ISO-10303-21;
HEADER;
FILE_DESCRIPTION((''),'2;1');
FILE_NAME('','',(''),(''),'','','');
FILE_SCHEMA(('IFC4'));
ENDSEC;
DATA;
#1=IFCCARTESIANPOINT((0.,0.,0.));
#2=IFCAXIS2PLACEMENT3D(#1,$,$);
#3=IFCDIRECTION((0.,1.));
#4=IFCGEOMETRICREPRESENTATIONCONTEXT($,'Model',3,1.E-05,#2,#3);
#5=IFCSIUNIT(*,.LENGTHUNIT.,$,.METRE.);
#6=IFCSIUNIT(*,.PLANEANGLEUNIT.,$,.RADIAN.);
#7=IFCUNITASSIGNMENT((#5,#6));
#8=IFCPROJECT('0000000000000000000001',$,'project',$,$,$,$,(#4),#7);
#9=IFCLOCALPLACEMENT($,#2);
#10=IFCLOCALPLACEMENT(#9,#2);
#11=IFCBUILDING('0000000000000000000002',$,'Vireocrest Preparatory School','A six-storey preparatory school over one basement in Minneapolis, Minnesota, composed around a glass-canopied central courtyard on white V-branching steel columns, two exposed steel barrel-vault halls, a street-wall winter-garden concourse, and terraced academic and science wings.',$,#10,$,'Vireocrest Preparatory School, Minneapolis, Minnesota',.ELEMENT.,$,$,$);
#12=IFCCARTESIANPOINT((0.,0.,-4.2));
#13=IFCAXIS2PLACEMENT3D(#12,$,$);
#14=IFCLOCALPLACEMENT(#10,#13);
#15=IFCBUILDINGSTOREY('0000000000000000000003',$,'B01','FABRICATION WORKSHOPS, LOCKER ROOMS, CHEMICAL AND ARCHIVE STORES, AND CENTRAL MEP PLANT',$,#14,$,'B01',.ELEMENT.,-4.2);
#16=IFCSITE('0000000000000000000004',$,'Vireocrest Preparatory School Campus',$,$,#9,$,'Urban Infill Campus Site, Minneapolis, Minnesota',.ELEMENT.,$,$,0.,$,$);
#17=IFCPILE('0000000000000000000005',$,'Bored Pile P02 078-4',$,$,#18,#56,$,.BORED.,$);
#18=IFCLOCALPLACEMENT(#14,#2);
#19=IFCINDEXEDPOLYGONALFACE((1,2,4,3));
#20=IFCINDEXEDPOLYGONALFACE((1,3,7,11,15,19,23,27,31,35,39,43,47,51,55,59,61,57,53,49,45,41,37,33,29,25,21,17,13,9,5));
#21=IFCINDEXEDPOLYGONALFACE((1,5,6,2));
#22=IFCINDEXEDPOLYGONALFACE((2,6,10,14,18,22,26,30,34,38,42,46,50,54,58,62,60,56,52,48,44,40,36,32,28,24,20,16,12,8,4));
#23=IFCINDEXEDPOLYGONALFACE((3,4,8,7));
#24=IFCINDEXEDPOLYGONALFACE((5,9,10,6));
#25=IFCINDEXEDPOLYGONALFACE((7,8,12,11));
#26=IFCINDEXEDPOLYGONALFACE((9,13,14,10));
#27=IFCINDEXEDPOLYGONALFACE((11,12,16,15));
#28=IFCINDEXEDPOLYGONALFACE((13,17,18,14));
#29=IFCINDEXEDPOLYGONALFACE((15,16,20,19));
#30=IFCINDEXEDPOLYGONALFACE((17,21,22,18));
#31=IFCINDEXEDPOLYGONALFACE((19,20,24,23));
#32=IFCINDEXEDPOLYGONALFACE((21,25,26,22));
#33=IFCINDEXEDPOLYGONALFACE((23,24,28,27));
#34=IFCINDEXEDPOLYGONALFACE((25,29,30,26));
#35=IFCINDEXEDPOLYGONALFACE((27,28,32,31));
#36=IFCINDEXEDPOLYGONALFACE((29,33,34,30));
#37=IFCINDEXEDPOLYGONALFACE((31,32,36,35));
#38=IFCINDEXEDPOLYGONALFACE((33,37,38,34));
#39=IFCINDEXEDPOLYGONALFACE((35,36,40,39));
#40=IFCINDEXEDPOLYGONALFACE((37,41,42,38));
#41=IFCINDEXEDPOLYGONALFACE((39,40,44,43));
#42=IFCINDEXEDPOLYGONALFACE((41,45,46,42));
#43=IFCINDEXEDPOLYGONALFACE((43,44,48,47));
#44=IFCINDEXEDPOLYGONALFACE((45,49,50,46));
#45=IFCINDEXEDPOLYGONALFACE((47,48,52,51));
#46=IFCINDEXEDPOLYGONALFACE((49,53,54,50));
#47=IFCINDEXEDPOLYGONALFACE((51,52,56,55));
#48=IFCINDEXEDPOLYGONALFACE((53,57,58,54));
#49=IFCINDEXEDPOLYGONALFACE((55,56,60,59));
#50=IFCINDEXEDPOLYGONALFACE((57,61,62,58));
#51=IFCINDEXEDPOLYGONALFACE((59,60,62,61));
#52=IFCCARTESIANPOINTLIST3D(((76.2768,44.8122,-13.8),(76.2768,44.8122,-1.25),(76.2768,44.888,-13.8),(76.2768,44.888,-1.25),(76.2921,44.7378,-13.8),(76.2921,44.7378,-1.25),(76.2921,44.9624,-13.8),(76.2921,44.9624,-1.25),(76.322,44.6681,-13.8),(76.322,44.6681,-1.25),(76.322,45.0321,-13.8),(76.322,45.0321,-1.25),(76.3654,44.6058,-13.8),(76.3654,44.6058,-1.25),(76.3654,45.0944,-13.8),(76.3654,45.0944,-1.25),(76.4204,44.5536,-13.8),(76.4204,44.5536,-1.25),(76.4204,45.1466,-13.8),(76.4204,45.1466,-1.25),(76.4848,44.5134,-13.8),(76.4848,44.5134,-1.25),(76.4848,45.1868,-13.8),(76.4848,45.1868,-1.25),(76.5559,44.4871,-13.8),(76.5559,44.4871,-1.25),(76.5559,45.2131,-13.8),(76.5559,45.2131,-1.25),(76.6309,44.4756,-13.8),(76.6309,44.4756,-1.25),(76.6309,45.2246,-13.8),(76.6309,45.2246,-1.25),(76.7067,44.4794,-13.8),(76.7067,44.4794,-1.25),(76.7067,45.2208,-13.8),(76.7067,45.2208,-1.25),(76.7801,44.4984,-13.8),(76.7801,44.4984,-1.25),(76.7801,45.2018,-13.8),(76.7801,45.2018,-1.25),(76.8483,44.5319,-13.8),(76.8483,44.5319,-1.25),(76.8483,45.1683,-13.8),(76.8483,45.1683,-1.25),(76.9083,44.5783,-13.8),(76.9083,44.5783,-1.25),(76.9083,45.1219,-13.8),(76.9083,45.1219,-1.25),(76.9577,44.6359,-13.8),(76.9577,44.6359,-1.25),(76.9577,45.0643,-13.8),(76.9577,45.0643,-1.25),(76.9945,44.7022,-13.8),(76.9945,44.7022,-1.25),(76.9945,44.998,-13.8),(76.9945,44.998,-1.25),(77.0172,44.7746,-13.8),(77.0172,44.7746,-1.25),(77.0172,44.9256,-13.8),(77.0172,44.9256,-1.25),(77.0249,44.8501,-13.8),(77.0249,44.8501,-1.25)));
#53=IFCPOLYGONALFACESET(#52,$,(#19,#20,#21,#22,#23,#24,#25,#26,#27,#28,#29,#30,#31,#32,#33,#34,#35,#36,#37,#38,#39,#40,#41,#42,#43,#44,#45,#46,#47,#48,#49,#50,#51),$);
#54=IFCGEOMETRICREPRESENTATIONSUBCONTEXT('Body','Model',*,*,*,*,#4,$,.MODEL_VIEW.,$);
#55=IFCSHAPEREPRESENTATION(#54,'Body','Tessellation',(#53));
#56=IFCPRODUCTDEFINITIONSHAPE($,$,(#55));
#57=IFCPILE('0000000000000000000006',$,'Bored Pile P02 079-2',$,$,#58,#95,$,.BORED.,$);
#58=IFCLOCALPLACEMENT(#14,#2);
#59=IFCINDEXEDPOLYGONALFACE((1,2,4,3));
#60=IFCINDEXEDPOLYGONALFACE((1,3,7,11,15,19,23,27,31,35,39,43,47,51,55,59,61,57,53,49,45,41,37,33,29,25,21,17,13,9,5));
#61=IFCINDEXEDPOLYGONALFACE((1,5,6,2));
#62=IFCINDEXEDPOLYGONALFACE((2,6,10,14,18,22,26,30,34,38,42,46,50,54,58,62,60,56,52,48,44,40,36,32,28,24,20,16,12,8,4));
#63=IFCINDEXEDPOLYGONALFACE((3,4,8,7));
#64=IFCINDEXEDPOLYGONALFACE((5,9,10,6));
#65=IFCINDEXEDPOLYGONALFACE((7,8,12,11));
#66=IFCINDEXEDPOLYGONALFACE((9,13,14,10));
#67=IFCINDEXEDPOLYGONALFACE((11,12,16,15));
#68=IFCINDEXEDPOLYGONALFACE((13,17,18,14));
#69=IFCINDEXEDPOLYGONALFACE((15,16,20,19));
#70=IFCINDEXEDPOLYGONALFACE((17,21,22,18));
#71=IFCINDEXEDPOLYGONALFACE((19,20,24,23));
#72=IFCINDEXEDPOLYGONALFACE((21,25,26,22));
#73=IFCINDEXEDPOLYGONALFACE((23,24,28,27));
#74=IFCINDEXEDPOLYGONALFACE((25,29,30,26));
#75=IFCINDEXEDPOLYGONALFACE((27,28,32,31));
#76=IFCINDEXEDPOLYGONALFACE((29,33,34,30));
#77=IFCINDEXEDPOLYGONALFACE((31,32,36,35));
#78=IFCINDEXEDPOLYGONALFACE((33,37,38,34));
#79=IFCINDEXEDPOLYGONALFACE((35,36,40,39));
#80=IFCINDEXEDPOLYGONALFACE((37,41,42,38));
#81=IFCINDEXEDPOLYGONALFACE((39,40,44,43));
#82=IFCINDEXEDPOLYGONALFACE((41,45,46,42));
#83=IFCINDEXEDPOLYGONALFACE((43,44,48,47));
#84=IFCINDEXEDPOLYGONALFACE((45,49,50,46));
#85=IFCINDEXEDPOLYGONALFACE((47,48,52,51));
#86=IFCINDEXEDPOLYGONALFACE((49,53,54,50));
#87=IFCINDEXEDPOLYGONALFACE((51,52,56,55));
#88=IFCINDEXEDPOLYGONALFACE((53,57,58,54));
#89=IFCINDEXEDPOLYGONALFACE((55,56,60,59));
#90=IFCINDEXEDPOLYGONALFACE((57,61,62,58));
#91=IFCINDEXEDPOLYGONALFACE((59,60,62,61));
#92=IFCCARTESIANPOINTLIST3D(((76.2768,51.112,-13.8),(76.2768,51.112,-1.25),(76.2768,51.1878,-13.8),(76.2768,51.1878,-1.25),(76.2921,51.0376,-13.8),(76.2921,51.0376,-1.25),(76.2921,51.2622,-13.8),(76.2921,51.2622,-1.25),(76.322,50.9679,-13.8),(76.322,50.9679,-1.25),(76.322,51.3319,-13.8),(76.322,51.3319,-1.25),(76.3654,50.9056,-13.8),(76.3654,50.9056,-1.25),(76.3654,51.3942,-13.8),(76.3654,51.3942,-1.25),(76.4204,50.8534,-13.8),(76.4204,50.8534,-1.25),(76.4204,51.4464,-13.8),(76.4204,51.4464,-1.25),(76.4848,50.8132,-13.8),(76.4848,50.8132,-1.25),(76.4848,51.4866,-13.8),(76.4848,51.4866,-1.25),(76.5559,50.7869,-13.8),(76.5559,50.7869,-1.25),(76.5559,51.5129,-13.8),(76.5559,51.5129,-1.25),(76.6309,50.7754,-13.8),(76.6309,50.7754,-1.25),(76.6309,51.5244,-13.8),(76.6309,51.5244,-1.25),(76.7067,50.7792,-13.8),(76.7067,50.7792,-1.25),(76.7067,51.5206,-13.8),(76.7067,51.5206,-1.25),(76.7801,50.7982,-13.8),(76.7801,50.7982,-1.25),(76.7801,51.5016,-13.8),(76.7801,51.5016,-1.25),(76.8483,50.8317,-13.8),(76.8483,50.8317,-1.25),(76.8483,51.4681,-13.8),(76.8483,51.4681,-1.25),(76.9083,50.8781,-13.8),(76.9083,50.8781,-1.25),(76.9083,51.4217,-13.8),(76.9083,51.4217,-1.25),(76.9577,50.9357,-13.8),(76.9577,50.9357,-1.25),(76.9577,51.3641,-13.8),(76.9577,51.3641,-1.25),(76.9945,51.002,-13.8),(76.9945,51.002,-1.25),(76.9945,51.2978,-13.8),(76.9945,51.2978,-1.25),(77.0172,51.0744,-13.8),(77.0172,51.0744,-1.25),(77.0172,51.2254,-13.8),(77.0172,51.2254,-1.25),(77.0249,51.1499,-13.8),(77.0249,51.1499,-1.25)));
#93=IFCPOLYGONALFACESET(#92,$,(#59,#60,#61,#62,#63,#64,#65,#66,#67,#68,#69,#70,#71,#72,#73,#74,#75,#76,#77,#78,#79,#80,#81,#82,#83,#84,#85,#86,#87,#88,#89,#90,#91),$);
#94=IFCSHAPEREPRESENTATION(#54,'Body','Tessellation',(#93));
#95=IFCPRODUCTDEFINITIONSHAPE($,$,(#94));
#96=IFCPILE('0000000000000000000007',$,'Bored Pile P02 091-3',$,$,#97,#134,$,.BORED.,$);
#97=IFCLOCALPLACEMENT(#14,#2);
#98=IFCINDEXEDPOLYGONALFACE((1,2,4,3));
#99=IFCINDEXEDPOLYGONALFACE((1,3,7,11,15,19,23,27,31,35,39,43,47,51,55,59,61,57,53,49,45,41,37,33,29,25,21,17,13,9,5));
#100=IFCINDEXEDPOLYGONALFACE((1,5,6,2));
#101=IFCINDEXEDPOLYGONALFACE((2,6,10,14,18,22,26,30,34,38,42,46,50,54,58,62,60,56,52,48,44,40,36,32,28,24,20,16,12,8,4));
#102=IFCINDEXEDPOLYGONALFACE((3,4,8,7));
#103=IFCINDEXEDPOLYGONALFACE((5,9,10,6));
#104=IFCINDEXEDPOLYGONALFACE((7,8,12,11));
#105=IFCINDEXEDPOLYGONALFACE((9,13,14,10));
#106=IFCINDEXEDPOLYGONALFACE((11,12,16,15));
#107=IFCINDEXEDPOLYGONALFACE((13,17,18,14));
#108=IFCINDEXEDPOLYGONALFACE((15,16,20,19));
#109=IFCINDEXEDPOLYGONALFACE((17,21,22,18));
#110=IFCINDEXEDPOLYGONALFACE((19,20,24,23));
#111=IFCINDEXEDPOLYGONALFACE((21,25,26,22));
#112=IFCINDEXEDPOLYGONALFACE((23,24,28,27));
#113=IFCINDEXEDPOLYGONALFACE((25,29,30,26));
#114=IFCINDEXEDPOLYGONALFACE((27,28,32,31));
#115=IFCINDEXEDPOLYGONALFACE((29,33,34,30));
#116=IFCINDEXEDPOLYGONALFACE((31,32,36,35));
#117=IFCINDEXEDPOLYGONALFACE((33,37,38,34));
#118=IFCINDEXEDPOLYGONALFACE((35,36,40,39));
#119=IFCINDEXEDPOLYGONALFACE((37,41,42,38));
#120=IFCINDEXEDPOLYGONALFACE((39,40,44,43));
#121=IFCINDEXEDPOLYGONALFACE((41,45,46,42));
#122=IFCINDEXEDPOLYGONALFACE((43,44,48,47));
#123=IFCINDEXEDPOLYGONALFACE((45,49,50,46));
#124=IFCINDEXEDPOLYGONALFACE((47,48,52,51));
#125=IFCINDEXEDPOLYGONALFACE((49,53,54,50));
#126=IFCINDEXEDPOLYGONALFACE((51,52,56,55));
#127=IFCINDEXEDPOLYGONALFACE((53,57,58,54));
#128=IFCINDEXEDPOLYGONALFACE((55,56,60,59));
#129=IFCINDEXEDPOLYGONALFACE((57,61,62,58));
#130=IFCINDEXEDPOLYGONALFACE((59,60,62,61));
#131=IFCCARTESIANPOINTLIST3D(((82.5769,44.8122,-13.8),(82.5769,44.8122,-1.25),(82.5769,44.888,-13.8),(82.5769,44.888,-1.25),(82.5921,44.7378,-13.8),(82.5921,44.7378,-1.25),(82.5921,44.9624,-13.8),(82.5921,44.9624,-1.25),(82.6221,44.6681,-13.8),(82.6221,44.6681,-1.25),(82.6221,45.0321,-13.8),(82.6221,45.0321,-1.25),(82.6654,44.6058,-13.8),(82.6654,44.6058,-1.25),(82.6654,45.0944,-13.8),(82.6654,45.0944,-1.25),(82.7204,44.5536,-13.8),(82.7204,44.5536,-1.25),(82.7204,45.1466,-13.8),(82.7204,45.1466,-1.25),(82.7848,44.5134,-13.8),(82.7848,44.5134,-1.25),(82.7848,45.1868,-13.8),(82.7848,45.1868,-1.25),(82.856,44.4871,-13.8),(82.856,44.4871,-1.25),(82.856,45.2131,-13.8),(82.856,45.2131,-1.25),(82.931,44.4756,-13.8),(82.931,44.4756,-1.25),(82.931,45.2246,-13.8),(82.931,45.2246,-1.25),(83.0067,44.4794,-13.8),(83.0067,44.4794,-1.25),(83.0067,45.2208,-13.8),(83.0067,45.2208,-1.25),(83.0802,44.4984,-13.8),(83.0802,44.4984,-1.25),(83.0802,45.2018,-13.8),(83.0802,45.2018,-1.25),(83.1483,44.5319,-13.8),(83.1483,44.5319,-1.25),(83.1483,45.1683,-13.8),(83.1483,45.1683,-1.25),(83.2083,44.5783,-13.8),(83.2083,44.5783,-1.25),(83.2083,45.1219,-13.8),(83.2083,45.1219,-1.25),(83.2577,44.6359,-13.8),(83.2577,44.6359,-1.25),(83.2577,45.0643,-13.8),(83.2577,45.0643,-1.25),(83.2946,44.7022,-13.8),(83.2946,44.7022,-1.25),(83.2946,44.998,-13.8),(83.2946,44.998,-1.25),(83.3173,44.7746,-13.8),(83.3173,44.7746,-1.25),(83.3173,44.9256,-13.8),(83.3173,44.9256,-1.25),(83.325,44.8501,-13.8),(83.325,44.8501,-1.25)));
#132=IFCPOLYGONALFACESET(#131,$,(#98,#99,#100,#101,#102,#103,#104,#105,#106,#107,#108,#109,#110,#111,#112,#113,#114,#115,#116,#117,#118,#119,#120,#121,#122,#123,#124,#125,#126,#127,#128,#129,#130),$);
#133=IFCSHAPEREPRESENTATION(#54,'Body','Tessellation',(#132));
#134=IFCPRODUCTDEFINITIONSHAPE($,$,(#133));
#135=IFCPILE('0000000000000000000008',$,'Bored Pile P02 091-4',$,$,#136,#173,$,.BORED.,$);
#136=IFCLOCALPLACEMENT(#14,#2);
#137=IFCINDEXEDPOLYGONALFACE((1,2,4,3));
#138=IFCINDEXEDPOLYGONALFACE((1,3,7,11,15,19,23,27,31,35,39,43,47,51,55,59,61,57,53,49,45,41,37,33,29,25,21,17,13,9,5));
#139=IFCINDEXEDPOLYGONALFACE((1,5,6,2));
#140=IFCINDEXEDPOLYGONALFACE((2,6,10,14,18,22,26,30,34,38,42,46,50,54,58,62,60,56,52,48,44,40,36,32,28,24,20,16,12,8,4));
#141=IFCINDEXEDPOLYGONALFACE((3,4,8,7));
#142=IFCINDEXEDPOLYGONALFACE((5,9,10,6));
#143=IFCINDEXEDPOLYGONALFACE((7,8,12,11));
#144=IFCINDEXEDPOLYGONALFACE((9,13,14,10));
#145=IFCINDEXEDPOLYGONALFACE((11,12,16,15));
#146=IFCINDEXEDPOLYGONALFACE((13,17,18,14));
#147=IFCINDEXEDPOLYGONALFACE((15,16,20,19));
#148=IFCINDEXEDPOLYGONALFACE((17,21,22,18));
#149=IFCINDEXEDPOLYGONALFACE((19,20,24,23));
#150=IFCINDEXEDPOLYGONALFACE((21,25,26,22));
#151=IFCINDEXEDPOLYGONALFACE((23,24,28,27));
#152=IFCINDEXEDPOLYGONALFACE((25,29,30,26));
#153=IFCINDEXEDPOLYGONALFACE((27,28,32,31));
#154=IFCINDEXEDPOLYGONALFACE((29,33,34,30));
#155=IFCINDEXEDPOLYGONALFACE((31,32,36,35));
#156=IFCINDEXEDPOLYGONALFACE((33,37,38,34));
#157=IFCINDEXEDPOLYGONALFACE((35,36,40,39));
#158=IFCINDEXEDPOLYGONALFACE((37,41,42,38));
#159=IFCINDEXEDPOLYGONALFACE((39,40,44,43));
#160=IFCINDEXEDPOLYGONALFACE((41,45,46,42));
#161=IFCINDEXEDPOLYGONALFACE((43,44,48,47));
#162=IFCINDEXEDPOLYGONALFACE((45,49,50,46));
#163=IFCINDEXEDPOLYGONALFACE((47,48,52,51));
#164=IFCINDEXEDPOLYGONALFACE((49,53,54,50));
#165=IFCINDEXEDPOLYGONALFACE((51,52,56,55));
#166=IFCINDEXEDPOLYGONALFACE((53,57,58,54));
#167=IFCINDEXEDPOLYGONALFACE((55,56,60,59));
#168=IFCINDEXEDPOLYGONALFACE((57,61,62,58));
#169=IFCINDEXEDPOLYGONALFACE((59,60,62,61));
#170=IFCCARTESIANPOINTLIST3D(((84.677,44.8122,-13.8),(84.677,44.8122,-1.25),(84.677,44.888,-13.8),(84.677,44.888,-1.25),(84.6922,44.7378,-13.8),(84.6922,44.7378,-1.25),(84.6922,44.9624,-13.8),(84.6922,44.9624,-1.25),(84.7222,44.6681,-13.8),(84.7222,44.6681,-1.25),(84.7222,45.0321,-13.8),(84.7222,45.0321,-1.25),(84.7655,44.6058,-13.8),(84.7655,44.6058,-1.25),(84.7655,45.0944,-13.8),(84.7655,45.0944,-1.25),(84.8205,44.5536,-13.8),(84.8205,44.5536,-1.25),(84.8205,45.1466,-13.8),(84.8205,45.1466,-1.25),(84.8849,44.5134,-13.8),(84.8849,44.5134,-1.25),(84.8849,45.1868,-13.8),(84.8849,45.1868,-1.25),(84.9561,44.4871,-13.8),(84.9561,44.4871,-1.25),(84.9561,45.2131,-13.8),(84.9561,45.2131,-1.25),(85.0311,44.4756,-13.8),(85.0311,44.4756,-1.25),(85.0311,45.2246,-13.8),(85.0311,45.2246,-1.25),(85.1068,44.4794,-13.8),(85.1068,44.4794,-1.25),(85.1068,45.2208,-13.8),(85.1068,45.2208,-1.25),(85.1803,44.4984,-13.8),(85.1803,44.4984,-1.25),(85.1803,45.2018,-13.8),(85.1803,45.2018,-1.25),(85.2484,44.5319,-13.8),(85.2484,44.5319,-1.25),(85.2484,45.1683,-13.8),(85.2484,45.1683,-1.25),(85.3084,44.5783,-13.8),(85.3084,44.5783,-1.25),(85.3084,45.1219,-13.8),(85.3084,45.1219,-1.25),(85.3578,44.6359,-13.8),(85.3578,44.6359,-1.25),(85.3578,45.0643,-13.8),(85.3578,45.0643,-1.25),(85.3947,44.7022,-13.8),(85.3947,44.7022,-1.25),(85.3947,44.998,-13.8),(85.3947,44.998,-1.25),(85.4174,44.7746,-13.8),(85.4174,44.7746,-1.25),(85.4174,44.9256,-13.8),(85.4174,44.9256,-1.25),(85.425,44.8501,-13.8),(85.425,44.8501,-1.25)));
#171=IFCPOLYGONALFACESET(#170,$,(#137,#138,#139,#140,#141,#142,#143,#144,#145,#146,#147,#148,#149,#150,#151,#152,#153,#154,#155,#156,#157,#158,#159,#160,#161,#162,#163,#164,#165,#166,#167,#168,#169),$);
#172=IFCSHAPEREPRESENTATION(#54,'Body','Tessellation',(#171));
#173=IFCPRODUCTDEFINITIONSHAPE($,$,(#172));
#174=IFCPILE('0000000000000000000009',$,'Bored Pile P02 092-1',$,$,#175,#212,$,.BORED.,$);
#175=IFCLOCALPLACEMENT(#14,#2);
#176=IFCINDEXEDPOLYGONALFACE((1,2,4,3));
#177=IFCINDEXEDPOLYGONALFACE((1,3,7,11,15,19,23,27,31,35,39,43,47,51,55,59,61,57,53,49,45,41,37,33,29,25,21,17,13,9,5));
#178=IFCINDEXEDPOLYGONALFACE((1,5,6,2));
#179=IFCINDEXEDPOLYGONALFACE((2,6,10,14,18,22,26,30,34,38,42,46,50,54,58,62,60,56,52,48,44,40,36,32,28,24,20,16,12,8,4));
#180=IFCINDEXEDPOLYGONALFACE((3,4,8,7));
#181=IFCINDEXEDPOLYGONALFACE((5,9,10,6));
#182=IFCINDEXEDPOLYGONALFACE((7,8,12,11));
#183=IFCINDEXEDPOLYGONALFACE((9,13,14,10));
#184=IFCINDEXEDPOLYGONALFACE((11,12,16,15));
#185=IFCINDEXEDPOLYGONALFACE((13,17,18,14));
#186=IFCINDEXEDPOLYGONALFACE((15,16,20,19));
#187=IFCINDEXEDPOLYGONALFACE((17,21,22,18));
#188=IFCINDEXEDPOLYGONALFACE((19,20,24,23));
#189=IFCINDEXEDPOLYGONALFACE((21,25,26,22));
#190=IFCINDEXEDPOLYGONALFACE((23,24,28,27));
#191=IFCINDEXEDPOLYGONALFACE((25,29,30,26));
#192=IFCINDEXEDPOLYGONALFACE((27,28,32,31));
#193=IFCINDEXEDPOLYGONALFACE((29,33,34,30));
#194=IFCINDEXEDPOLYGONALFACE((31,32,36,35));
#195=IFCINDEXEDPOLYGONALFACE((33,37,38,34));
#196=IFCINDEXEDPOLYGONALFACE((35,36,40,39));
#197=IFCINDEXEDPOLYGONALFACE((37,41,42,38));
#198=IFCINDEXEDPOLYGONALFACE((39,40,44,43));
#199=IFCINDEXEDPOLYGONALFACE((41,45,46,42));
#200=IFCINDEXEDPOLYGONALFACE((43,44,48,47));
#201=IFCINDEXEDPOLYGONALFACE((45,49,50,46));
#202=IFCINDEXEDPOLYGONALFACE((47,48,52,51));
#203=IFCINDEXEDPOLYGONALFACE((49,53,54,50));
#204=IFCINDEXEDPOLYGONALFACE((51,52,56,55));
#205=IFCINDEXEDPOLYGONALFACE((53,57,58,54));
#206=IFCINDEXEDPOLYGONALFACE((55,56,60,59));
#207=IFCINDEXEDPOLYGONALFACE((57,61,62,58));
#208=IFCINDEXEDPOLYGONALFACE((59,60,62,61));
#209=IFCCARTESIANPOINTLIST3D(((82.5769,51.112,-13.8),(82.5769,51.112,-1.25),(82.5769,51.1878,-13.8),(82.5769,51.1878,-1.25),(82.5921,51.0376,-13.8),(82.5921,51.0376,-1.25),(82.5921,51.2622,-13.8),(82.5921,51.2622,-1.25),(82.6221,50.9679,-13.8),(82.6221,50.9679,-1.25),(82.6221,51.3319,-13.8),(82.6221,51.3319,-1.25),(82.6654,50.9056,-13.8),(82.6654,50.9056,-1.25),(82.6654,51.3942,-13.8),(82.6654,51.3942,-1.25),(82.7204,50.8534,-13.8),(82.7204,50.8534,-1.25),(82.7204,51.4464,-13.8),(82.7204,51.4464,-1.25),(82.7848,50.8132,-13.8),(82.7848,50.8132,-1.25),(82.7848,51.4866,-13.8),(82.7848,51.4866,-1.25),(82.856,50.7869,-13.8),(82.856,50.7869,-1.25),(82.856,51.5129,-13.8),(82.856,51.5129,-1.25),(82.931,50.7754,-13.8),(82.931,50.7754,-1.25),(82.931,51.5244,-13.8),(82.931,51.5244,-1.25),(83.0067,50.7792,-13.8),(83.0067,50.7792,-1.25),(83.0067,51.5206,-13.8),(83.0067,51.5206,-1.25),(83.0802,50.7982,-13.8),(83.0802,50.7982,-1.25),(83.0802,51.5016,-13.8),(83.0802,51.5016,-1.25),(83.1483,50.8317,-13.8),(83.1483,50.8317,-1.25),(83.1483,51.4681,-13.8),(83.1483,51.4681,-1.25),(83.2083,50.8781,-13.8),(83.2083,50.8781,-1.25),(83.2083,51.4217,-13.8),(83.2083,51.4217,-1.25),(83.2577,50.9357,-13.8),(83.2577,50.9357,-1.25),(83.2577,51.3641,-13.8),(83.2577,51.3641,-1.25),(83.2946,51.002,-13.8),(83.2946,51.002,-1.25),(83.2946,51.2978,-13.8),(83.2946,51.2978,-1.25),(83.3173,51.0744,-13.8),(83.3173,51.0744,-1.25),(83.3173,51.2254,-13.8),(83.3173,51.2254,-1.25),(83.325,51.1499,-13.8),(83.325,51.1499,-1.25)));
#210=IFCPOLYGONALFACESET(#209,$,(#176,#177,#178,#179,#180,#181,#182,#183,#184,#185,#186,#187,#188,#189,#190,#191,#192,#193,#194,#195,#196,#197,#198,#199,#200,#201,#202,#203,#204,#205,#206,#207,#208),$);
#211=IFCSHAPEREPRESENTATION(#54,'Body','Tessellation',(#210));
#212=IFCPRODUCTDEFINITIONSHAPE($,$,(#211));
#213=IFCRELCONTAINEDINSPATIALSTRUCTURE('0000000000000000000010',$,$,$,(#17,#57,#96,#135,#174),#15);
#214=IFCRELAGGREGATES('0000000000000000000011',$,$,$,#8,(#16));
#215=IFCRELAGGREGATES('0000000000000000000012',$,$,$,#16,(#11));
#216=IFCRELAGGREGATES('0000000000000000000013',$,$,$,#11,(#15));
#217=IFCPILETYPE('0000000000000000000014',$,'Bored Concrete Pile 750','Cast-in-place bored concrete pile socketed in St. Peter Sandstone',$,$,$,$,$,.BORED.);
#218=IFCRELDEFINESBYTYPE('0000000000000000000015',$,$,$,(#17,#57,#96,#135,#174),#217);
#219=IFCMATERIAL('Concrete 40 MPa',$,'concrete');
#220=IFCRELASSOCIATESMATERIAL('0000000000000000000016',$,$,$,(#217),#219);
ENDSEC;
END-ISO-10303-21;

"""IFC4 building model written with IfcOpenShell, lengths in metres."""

from ifc_helpers import new_model, si_unit, direction, frame, origin, origin_2d, place, context, subcontext, project, spatial, circle, extrude, material, material_profile, profile_set, type_object, element, save


model = new_model("IFC4")

# Units and contexts
model_context = context("Model", 3, precision=1e-05, world=origin(), true_north=direction((0.0, 1.0)))
body_context = subcontext(model_context, "Body", "Model", "MODEL_VIEW")
ifc_project = project(units=[si_unit("LENGTHUNIT", "METRE"), si_unit("PLANEANGLEUNIT", "RADIAN")], contexts=[model_context])

# Site, building, storey
site_placement = place(None, origin())
site = spatial("IfcSite", under=ifc_project, at=site_placement, Name="Vireocrest Preparatory School Campus", LongName="Urban Infill Campus Site, Minneapolis, Minnesota", CompositionType="ELEMENT", RefElevation=0.0)
building_placement = place(site_placement, origin())
building = spatial("IfcBuilding", under=site, at=building_placement, Name="Vireocrest Preparatory School", Description="A six-storey preparatory school over one basement in Minneapolis, Minnesota, composed around a glass-canopied central courtyard on white V-branching steel columns, two exposed steel barrel-vault halls, a street-wall winter-garden concourse, and terraced academic and science wings.", LongName="Vireocrest Preparatory School, Minneapolis, Minnesota", CompositionType="ELEMENT")
storey_placement = place(building_placement, frame((0.0, 0.0, -4.2)))
storey = spatial("IfcBuildingStorey", under=building, at=storey_placement, Name="B01", Description="FABRICATION WORKSHOPS, LOCKER ROOMS, CHEMICAL AND ARCHIVE STORES, AND CENTRAL MEP PLANT", LongName="B01", CompositionType="ELEMENT", Elevation=-4.2)

# Piles
ifc_material_1 = material(Name="Concrete 40 MPa", Category="concrete")
ifc_material_profile_1 = material_profile(ifc_material_1, circle(Radius=0.375, at=origin_2d()), Name="BORED PILE 750")
ifc_profile_set_1 = profile_set([ifc_material_profile_1], Name="Concrete 40 MPa")
pile_type_1 = type_object("IfcPileType", Name="Bored Concrete Pile 750", Description="Cast-in-place bored concrete pile socketed in St. Peter Sandstone", PredefinedType="BORED", material=ifc_profile_set_1)
for number, where, z_axis, x_axis, name in (
    (1, (76.6499, 44.8501, -1.25), (0.0, 0.0, -1.0), (1.0, 0.0, 0.0), "Bored Pile P02 078-4"),
    (2, (76.6499, 51.1499, -1.25), (0.0, 0.0, -1.0), (1.0, 0.0, 0.0), "Bored Pile P02 079-2"),
    (3, (82.95, 44.8501, -1.25), (0.0, 0.0, -1.0), (1.0, 0.0, 0.0), "Bored Pile P02 091-3"),
    (4, (85.05, 44.8501, -1.25), (0.0, 0.0, -1.0), (1.0, 0.0, 0.0), "Bored Pile P02 091-4"),
    (5, (82.95, 51.1499, -1.25), (0.0, 0.0, -1.0), (1.0, 0.0, 0.0), "Bored Pile P02 092-1"),
):
    element("IfcPile", number, at=place(storey_placement, frame(where, z_axis=z_axis, x_axis=x_axis)), inside=storey, type_object=pile_type_1, Name=name, PredefinedType="BORED", context=body_context, shape_type="SweptSolid", body=[
        extrude(circle(Radius=0.375, at=origin_2d()), origin(), (0.0, 0.0, 1.0), 12.55),
    ])

save(model, "model.ifc")
